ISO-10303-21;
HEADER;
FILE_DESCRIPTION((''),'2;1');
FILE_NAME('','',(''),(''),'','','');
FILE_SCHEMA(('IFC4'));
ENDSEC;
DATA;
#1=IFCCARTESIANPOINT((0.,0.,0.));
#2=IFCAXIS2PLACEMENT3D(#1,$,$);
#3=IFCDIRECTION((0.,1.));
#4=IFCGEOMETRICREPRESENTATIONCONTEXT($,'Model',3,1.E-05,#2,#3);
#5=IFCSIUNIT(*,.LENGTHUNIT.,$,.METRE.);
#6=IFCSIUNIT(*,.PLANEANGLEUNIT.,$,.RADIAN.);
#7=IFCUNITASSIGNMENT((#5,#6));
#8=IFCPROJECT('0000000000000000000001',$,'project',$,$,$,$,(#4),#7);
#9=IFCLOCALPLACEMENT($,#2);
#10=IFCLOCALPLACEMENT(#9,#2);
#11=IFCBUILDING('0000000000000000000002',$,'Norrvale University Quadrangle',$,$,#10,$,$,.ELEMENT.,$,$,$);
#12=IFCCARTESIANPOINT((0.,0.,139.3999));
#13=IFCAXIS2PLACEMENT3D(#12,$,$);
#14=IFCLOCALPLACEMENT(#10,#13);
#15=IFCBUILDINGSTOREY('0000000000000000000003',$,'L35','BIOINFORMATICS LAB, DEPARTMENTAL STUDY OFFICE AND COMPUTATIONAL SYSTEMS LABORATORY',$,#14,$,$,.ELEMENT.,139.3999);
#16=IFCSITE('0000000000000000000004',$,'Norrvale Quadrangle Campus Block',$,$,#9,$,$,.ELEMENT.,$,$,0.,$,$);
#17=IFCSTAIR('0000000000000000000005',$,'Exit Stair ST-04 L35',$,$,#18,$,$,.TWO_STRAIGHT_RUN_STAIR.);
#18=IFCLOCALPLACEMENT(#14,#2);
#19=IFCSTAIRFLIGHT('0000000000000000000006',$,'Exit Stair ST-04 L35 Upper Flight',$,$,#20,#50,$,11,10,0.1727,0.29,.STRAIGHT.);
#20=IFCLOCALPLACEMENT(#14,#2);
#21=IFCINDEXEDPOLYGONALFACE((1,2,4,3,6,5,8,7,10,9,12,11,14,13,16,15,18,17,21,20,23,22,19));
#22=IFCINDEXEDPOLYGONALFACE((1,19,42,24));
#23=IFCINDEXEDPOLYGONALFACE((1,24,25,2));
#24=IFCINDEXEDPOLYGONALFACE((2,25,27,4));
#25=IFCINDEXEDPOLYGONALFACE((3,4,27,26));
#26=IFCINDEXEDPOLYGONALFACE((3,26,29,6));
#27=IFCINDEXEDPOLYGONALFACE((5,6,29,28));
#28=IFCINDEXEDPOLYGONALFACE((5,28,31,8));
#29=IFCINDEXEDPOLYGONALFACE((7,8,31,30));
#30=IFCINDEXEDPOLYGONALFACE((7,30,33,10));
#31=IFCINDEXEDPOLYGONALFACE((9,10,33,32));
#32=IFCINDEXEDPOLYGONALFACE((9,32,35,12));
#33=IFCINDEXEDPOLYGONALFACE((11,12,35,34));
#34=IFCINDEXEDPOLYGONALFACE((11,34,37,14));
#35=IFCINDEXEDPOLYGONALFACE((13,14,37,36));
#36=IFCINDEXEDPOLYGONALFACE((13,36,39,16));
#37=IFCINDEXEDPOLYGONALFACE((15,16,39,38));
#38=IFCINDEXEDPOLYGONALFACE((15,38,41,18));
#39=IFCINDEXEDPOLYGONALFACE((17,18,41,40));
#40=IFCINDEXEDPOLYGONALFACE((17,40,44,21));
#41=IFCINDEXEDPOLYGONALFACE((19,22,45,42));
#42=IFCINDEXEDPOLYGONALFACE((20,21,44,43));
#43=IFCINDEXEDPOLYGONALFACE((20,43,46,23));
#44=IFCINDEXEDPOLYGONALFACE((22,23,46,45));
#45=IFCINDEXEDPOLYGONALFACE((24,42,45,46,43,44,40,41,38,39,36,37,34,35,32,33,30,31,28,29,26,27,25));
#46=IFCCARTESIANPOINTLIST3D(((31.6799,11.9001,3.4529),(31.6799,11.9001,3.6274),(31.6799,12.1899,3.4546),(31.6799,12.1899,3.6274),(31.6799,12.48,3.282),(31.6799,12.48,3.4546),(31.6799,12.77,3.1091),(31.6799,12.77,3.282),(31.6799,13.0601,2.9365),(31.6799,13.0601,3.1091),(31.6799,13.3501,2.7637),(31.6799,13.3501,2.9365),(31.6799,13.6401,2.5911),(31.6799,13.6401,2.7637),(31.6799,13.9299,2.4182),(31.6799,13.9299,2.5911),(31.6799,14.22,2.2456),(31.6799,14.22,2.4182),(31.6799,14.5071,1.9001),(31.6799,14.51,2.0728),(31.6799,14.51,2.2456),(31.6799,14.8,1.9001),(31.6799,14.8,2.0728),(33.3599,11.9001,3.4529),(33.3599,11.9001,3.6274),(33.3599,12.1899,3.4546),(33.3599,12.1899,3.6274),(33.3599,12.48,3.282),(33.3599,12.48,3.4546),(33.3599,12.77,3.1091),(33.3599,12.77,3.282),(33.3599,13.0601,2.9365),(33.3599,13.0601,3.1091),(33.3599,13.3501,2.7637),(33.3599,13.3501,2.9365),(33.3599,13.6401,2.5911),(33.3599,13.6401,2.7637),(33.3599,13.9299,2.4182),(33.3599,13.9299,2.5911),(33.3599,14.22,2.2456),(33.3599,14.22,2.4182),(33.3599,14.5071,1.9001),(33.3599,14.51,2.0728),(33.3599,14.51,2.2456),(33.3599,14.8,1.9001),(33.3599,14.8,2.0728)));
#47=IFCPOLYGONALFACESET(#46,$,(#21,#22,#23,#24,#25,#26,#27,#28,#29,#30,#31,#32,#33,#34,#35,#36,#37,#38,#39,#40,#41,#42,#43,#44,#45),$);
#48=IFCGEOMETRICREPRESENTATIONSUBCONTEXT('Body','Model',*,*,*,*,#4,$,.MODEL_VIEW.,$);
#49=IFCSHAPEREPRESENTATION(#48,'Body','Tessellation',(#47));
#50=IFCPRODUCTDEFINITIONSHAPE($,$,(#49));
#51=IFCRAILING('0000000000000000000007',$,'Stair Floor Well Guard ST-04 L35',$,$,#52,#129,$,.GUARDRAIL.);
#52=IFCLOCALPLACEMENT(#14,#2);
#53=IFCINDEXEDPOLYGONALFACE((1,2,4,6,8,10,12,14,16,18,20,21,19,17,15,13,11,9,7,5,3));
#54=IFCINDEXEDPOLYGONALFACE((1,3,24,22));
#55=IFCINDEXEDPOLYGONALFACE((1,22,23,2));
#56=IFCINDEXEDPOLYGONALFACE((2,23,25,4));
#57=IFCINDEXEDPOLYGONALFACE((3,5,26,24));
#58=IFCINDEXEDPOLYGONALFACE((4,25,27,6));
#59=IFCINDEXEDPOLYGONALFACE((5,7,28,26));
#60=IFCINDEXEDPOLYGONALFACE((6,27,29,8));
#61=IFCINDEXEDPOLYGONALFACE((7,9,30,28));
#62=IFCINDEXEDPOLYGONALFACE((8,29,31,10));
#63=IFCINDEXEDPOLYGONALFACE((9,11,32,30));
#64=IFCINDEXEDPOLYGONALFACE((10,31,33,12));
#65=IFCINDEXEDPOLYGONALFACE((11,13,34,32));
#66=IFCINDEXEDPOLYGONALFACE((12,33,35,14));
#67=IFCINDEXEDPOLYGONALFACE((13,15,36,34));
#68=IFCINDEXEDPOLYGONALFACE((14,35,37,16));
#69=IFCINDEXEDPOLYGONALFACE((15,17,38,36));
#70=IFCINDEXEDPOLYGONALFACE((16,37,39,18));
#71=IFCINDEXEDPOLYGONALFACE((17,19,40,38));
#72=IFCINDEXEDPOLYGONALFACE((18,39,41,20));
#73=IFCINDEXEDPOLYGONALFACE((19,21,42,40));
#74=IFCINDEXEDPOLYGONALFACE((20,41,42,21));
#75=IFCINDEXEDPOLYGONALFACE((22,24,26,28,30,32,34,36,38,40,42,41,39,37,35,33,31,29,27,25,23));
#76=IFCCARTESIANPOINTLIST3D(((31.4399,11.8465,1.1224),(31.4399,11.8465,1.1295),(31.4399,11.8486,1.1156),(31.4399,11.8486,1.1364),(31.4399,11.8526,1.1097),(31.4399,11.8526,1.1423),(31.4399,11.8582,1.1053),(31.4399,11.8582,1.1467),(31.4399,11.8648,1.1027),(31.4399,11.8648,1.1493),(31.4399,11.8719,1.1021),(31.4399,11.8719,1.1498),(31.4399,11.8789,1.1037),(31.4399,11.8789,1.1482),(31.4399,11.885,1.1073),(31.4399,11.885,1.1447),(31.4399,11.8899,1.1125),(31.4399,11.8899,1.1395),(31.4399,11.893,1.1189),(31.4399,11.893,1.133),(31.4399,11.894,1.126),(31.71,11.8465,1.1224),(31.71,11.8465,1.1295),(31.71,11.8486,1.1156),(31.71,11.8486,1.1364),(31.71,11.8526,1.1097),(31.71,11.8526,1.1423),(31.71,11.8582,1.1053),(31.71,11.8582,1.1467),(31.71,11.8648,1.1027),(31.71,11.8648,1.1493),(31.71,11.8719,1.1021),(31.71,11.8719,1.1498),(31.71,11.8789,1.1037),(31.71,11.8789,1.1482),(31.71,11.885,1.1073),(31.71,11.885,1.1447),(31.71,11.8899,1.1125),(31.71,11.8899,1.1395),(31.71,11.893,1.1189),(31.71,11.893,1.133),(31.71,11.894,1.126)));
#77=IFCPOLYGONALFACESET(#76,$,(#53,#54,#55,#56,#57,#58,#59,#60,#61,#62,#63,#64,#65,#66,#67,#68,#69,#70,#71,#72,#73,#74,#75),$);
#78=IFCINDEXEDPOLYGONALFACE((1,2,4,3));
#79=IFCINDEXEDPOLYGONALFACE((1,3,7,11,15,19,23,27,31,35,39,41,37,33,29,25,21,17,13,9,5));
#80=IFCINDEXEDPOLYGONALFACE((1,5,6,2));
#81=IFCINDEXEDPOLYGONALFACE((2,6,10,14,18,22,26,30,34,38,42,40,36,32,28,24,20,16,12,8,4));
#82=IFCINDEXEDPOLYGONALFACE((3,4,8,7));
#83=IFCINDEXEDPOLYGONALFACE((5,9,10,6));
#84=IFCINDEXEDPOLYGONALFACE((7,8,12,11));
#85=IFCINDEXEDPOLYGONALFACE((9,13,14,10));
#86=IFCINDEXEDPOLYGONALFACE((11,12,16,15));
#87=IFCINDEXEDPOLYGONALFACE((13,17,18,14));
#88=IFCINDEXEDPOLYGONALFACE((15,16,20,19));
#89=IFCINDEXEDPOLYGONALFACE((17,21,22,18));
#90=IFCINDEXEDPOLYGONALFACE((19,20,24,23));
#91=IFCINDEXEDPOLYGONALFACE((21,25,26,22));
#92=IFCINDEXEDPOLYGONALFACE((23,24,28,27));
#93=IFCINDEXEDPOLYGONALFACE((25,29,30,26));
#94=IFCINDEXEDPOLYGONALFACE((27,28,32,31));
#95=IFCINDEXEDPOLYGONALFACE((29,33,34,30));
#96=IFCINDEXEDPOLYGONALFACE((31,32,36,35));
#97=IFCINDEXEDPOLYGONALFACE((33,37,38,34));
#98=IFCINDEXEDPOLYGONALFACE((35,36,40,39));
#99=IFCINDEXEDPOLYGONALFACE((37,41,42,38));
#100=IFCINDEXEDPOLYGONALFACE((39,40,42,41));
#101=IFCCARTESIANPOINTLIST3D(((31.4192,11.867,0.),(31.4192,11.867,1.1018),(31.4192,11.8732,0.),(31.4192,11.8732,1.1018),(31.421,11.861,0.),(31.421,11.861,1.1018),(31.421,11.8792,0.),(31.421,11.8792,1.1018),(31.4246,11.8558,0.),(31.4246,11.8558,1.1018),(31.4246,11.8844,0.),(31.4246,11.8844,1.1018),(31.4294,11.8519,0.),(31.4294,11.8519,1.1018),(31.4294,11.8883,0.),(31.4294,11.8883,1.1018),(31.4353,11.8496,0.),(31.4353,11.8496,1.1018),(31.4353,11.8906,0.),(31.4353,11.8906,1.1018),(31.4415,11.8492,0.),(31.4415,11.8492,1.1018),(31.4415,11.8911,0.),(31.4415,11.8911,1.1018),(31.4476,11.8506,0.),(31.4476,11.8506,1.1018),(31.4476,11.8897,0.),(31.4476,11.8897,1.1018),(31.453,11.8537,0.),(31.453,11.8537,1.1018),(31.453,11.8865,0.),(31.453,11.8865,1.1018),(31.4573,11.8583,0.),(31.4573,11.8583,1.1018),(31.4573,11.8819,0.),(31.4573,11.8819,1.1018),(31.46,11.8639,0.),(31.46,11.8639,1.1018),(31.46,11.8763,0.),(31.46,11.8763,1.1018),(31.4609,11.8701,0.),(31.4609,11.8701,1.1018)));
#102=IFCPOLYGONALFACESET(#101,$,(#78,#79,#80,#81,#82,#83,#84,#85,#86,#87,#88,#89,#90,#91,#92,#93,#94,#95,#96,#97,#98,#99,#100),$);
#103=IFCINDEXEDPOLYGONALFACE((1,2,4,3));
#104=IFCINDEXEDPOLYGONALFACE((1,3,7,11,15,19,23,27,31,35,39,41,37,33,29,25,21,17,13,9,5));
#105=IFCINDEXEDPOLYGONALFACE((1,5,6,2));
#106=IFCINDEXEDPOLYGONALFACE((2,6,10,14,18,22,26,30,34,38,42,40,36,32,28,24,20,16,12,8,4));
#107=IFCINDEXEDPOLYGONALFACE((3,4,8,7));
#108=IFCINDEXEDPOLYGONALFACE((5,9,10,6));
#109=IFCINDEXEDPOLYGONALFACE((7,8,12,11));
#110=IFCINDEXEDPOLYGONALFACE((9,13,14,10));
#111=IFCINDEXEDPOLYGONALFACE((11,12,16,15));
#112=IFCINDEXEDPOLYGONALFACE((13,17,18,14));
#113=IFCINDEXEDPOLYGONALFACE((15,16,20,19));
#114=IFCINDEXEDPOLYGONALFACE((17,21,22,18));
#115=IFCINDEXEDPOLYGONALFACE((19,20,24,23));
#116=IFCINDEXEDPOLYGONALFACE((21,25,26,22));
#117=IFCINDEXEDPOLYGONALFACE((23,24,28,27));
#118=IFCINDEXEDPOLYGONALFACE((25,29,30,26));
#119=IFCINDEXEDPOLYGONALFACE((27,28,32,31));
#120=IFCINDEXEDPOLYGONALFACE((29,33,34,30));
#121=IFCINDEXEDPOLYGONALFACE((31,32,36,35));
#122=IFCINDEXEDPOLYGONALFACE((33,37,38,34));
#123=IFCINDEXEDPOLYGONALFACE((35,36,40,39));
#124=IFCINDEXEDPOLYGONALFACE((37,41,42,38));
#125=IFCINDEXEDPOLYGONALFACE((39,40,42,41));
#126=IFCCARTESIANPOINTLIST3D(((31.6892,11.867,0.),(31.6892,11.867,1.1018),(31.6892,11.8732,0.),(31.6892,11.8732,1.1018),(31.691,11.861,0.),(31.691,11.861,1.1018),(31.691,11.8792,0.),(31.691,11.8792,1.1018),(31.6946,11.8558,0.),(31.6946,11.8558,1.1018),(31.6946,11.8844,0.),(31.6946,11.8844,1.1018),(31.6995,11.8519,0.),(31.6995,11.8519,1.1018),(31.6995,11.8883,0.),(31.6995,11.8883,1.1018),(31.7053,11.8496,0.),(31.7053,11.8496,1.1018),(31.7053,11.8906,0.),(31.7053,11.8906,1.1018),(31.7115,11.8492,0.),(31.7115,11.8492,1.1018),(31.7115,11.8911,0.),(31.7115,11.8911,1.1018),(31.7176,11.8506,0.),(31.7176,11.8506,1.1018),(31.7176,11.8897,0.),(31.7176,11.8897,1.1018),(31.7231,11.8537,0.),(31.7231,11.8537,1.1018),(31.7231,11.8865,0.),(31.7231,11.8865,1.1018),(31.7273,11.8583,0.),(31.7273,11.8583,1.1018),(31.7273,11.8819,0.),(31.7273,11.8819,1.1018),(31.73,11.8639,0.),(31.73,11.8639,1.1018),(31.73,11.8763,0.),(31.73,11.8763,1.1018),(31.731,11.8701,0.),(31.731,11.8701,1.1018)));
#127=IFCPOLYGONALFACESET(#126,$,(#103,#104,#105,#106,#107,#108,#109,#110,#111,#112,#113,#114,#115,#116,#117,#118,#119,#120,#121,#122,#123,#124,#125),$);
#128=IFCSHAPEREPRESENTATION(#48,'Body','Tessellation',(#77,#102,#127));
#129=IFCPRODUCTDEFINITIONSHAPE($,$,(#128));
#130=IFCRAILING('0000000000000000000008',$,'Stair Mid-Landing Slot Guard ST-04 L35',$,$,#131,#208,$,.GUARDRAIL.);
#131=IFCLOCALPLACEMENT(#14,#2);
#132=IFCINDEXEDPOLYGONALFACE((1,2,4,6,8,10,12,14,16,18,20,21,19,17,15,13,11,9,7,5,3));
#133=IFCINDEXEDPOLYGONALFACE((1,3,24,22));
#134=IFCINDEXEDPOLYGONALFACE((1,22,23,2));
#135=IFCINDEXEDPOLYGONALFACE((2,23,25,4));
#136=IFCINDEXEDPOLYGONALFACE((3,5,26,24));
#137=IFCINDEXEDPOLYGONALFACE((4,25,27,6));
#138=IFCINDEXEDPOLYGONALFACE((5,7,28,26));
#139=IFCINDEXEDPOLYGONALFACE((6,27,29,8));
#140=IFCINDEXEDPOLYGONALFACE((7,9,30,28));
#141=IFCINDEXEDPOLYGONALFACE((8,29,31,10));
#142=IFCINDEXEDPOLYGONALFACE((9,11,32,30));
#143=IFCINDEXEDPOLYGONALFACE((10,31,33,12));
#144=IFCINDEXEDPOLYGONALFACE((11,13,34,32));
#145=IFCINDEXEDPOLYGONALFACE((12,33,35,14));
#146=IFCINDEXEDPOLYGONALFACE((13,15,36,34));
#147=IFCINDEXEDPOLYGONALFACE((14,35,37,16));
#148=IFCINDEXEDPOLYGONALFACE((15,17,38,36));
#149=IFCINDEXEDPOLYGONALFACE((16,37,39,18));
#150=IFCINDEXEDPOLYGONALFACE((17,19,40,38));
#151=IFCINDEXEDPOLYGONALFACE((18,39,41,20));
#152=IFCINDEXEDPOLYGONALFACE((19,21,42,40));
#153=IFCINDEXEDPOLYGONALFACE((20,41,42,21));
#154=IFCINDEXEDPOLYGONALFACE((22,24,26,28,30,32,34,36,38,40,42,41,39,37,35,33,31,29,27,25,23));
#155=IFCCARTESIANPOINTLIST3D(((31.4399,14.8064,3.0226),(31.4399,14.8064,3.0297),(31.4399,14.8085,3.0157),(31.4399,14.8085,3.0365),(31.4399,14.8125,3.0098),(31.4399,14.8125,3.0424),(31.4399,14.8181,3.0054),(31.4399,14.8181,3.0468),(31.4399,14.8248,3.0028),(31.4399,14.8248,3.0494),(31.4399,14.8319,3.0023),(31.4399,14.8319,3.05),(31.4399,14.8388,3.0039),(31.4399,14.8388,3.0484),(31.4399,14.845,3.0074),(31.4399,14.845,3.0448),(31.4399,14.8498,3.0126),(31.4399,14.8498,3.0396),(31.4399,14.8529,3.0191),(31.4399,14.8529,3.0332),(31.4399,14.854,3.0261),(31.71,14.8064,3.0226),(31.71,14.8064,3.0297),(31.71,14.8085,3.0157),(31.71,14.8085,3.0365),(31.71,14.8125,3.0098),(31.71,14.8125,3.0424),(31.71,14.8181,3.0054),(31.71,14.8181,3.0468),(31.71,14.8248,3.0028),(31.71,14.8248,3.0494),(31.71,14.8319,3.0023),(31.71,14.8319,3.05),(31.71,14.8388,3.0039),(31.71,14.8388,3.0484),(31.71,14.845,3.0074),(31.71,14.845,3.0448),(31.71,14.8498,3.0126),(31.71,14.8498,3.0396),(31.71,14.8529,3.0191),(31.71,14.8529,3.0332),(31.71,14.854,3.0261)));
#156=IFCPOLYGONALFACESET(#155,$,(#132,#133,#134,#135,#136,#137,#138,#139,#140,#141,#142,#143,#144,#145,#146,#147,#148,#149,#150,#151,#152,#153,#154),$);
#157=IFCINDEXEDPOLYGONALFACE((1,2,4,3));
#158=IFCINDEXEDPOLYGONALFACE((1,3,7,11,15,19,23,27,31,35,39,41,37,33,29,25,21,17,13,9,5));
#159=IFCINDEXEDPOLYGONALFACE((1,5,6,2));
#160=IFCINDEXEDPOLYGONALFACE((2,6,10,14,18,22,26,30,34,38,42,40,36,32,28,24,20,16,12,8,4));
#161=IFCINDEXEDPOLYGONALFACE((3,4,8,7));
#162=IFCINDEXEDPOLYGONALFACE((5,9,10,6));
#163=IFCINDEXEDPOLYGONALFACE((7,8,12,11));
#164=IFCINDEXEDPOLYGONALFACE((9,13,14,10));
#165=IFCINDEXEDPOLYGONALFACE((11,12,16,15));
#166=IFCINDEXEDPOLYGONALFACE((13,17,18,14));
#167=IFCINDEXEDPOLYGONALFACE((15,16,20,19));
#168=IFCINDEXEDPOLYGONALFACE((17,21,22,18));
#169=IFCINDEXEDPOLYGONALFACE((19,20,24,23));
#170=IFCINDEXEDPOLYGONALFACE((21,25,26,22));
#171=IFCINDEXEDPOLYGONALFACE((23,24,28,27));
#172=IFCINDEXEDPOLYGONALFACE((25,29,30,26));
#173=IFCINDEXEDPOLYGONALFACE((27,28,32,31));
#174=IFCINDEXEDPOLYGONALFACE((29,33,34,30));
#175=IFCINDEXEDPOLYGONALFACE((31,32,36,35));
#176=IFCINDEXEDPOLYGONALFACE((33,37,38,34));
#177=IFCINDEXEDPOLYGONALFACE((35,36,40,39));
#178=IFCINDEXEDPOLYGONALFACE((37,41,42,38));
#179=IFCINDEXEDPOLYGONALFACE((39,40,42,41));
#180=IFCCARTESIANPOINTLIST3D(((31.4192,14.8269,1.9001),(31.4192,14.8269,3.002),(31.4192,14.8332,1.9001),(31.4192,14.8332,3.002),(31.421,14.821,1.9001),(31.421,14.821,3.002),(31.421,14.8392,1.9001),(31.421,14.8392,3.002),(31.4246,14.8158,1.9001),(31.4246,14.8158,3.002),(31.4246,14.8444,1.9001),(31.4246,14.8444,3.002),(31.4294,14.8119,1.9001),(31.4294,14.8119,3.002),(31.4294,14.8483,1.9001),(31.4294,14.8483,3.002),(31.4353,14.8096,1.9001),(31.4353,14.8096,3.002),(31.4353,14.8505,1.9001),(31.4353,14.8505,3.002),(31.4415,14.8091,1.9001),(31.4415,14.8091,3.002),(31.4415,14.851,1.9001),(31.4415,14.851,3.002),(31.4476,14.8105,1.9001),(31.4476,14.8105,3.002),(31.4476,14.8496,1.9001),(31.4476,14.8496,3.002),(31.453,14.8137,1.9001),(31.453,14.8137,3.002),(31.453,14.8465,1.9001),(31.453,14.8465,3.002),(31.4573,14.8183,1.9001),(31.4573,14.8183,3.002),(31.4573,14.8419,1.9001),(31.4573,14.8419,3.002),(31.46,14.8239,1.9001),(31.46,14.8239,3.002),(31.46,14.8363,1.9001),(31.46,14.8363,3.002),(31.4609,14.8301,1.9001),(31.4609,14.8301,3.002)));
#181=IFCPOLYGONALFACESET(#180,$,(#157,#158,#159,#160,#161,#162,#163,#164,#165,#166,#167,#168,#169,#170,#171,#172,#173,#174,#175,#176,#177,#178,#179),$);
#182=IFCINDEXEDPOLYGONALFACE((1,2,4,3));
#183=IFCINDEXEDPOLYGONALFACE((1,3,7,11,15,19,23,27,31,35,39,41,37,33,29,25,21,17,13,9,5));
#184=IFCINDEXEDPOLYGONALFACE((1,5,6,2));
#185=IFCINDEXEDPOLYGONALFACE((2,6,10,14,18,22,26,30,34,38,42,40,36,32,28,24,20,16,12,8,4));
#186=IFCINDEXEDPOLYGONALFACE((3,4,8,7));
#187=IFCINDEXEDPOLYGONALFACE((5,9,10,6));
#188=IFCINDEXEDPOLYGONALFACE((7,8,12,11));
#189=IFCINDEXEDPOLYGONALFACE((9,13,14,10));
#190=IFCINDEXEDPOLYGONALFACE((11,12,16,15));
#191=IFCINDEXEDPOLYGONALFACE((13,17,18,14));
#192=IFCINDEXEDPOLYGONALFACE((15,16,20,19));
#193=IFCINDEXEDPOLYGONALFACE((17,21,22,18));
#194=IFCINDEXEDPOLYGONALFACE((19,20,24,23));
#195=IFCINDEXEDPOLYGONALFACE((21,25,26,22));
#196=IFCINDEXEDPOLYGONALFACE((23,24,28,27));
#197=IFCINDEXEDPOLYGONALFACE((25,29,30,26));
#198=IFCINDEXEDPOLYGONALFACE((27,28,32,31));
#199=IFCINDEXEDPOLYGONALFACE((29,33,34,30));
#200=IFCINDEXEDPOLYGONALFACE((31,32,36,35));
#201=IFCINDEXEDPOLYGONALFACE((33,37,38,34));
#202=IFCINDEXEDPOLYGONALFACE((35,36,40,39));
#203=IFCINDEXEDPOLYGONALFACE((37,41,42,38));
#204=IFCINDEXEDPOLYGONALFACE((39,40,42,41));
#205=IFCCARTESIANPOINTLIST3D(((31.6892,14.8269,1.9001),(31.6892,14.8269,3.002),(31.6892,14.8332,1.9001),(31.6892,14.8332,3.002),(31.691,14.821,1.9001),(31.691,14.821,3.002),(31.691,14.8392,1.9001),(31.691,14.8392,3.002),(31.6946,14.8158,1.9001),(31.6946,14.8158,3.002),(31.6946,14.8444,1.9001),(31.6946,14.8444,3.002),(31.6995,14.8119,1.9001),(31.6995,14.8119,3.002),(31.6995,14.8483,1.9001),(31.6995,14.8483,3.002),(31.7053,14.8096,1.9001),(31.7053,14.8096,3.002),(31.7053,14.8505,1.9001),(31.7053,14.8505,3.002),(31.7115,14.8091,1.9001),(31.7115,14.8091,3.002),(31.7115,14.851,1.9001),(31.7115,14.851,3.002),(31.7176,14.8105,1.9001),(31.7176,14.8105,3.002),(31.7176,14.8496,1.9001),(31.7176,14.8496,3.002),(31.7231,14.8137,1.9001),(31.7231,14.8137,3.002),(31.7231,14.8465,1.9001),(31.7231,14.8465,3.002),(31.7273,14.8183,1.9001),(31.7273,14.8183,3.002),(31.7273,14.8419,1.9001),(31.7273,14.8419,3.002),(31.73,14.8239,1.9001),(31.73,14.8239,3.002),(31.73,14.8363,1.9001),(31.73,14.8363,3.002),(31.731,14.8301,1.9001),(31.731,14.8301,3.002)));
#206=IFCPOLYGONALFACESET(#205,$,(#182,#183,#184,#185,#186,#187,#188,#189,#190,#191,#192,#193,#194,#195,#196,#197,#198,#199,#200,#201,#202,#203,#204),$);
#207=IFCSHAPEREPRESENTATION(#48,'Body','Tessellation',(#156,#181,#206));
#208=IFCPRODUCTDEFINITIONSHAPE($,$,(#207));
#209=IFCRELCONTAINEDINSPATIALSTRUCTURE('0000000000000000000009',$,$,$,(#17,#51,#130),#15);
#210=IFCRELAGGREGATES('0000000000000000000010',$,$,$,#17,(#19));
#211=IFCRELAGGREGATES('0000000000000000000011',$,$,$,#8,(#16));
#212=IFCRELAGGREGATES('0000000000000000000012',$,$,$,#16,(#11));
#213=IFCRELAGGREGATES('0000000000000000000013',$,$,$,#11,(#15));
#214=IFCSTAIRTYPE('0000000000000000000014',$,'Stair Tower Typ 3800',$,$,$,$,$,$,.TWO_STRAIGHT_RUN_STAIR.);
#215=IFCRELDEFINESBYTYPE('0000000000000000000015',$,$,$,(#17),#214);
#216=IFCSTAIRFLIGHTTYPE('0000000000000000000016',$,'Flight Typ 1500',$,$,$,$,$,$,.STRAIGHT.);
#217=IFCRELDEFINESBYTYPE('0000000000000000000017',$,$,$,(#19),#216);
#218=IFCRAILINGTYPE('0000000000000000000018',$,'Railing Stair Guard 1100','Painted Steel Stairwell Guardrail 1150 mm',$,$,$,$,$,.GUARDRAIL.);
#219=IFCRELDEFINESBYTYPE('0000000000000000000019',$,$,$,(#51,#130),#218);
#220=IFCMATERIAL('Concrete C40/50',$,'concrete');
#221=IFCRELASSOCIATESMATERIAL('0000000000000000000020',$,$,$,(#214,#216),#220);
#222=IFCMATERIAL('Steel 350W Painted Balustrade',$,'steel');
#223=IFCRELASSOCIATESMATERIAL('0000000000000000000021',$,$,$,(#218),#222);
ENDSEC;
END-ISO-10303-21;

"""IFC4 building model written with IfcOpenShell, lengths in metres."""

from ifc_helpers import new_model, si_unit, direction, frame, origin, origin_2d, place, context, subcontext, project, spatial, polyline, circle, outline, extrude, material, type_object, element, aggregate, save


model = new_model("IFC4")

# Units and contexts
model_context = context("Model", 3, precision=1e-05, world=origin(), true_north=direction((0.0, 1.0)))
body_context = subcontext(model_context, "Body", "Model", "MODEL_VIEW")
ifc_project = project(units=[si_unit("LENGTHUNIT", "METRE"), si_unit("PLANEANGLEUNIT", "RADIAN")], contexts=[model_context])

# Site, building, storey
site_placement = place(None, origin())
site = spatial("IfcSite", under=ifc_project, at=site_placement, Name="Norrvale Quadrangle Campus Block", CompositionType="ELEMENT", RefElevation=0.0)
building_placement = place(site_placement, origin())
building = spatial("IfcBuilding", under=site, at=building_placement, Name="Norrvale University Quadrangle", CompositionType="ELEMENT")
storey_placement = place(building_placement, frame((0.0, 0.0, 139.3999)))
storey = spatial("IfcBuildingStorey", under=building, at=storey_placement, Name="L35", Description="BIOINFORMATICS LAB, DEPARTMENTAL STUDY OFFICE AND COMPUTATIONAL SYSTEMS LABORATORY", CompositionType="ELEMENT", Elevation=139.3999)

# Stair, stair flight
ifc_material_1 = material(Name="Concrete C40/50", Category="concrete")
stair_type = type_object("IfcStairType", Name="Stair Tower Typ 3800", PredefinedType="TWO_STRAIGHT_RUN_STAIR", material=ifc_material_1)
stair_placement = place(storey_placement, origin())
stair = element("IfcStair", 1, at=stair_placement, inside=storey, type_object=stair_type, Name="Exit Stair ST-04 L35", PredefinedType="TWO_STRAIGHT_RUN_STAIR")
stair_flight_type = type_object("IfcStairFlightType", Name="Flight Typ 1500", PredefinedType="STRAIGHT", material=ifc_material_1)
stair_flight_1_placement = place(storey_placement, frame((32.52, 14.8, 1.9001), z_axis=(0.0, 0.0, 1.0), x_axis=(0.0, -1.0, 0.0)))
stair_flight_1 = element("IfcStairFlight", 2, at=stair_flight_1_placement, type_object=stair_flight_type, Name="Exit Stair ST-04 L35 Upper Flight", NumberOfRisers=11, NumberOfTreads=10, PredefinedType="STRAIGHT", RiserHeight=0.1727, TreadLength=0.29, context=body_context, shape_type="SweptSolid", body=[
    extrude(outline(polyline([(0.0, 0.0), (0.0, 0.1726), (0.29, 0.1726), (0.29, 0.3455), (0.5801, 0.3455), (0.5801, 0.5181), (0.8701, 0.5181), (0.8701, 0.6909), (1.1599, 0.6909), (1.1599, 0.8635), (1.45, 0.8635), (1.45, 1.0364), (1.74, 1.0364), (1.74, 1.209), (2.03, 1.209), (2.03, 1.3818), (2.3201, 1.3818), (2.3201, 1.5544), (2.6101, 1.5544), (2.6101, 1.7273), (2.8999, 1.7273), (2.8999, 1.8999), (2.8999, 1.5527), (0.293, 0.0), (0.0, 0.0)])), frame((0.0, 0.8398, 0.0), z_axis=(0.0, -1.0, 0.0), x_axis=(1.0, 0.0, 0.0)), (0.0, 0.0, 1.0), 1.6799),
])
aggregate(stair, [stair_flight_1])

# Railings
ifc_material_2 = material(Name="Steel 350W Painted Balustrade", Category="steel")
railing_type_1 = type_object("IfcRailingType", Name="Railing Stair Guard 1100", Description="Painted Steel Stairwell Guardrail 1150 mm", PredefinedType="GUARDRAIL", material=ifc_material_2)
for number, where, name in (
    (3, (31.4399, 11.8701, 0.0), "Stair Floor Well Guard ST-04 L35"),
    (4, (31.4399, 14.8301, 1.9001), "Stair Mid-Landing Slot Guard ST-04 L35"),
):
    element("IfcRailing", number, at=place(storey_placement, frame(where)), inside=storey, type_object=railing_type_1, Name=name, PredefinedType="GUARDRAIL", context=body_context, shape_type="SweptSolid", body=[
        extrude(circle(Radius=0.0239, at=origin_2d()), frame((0.0, 0.0, 1.126), z_axis=(1.0, 0.0, 0.0), x_axis=(0.0, 1.0, 0.0)), (0.0, 0.0, 1.0), 0.27),
        extrude(circle(Radius=0.021, at=origin_2d()), origin(), (0.0, 0.0, 1.0), 1.1018),
        extrude(circle(Radius=0.021, at=origin_2d()), frame((0.27, 0.0, 0.0)), (0.0, 0.0, 1.0), 1.1018),
    ])

save(model, "model.ifc")
